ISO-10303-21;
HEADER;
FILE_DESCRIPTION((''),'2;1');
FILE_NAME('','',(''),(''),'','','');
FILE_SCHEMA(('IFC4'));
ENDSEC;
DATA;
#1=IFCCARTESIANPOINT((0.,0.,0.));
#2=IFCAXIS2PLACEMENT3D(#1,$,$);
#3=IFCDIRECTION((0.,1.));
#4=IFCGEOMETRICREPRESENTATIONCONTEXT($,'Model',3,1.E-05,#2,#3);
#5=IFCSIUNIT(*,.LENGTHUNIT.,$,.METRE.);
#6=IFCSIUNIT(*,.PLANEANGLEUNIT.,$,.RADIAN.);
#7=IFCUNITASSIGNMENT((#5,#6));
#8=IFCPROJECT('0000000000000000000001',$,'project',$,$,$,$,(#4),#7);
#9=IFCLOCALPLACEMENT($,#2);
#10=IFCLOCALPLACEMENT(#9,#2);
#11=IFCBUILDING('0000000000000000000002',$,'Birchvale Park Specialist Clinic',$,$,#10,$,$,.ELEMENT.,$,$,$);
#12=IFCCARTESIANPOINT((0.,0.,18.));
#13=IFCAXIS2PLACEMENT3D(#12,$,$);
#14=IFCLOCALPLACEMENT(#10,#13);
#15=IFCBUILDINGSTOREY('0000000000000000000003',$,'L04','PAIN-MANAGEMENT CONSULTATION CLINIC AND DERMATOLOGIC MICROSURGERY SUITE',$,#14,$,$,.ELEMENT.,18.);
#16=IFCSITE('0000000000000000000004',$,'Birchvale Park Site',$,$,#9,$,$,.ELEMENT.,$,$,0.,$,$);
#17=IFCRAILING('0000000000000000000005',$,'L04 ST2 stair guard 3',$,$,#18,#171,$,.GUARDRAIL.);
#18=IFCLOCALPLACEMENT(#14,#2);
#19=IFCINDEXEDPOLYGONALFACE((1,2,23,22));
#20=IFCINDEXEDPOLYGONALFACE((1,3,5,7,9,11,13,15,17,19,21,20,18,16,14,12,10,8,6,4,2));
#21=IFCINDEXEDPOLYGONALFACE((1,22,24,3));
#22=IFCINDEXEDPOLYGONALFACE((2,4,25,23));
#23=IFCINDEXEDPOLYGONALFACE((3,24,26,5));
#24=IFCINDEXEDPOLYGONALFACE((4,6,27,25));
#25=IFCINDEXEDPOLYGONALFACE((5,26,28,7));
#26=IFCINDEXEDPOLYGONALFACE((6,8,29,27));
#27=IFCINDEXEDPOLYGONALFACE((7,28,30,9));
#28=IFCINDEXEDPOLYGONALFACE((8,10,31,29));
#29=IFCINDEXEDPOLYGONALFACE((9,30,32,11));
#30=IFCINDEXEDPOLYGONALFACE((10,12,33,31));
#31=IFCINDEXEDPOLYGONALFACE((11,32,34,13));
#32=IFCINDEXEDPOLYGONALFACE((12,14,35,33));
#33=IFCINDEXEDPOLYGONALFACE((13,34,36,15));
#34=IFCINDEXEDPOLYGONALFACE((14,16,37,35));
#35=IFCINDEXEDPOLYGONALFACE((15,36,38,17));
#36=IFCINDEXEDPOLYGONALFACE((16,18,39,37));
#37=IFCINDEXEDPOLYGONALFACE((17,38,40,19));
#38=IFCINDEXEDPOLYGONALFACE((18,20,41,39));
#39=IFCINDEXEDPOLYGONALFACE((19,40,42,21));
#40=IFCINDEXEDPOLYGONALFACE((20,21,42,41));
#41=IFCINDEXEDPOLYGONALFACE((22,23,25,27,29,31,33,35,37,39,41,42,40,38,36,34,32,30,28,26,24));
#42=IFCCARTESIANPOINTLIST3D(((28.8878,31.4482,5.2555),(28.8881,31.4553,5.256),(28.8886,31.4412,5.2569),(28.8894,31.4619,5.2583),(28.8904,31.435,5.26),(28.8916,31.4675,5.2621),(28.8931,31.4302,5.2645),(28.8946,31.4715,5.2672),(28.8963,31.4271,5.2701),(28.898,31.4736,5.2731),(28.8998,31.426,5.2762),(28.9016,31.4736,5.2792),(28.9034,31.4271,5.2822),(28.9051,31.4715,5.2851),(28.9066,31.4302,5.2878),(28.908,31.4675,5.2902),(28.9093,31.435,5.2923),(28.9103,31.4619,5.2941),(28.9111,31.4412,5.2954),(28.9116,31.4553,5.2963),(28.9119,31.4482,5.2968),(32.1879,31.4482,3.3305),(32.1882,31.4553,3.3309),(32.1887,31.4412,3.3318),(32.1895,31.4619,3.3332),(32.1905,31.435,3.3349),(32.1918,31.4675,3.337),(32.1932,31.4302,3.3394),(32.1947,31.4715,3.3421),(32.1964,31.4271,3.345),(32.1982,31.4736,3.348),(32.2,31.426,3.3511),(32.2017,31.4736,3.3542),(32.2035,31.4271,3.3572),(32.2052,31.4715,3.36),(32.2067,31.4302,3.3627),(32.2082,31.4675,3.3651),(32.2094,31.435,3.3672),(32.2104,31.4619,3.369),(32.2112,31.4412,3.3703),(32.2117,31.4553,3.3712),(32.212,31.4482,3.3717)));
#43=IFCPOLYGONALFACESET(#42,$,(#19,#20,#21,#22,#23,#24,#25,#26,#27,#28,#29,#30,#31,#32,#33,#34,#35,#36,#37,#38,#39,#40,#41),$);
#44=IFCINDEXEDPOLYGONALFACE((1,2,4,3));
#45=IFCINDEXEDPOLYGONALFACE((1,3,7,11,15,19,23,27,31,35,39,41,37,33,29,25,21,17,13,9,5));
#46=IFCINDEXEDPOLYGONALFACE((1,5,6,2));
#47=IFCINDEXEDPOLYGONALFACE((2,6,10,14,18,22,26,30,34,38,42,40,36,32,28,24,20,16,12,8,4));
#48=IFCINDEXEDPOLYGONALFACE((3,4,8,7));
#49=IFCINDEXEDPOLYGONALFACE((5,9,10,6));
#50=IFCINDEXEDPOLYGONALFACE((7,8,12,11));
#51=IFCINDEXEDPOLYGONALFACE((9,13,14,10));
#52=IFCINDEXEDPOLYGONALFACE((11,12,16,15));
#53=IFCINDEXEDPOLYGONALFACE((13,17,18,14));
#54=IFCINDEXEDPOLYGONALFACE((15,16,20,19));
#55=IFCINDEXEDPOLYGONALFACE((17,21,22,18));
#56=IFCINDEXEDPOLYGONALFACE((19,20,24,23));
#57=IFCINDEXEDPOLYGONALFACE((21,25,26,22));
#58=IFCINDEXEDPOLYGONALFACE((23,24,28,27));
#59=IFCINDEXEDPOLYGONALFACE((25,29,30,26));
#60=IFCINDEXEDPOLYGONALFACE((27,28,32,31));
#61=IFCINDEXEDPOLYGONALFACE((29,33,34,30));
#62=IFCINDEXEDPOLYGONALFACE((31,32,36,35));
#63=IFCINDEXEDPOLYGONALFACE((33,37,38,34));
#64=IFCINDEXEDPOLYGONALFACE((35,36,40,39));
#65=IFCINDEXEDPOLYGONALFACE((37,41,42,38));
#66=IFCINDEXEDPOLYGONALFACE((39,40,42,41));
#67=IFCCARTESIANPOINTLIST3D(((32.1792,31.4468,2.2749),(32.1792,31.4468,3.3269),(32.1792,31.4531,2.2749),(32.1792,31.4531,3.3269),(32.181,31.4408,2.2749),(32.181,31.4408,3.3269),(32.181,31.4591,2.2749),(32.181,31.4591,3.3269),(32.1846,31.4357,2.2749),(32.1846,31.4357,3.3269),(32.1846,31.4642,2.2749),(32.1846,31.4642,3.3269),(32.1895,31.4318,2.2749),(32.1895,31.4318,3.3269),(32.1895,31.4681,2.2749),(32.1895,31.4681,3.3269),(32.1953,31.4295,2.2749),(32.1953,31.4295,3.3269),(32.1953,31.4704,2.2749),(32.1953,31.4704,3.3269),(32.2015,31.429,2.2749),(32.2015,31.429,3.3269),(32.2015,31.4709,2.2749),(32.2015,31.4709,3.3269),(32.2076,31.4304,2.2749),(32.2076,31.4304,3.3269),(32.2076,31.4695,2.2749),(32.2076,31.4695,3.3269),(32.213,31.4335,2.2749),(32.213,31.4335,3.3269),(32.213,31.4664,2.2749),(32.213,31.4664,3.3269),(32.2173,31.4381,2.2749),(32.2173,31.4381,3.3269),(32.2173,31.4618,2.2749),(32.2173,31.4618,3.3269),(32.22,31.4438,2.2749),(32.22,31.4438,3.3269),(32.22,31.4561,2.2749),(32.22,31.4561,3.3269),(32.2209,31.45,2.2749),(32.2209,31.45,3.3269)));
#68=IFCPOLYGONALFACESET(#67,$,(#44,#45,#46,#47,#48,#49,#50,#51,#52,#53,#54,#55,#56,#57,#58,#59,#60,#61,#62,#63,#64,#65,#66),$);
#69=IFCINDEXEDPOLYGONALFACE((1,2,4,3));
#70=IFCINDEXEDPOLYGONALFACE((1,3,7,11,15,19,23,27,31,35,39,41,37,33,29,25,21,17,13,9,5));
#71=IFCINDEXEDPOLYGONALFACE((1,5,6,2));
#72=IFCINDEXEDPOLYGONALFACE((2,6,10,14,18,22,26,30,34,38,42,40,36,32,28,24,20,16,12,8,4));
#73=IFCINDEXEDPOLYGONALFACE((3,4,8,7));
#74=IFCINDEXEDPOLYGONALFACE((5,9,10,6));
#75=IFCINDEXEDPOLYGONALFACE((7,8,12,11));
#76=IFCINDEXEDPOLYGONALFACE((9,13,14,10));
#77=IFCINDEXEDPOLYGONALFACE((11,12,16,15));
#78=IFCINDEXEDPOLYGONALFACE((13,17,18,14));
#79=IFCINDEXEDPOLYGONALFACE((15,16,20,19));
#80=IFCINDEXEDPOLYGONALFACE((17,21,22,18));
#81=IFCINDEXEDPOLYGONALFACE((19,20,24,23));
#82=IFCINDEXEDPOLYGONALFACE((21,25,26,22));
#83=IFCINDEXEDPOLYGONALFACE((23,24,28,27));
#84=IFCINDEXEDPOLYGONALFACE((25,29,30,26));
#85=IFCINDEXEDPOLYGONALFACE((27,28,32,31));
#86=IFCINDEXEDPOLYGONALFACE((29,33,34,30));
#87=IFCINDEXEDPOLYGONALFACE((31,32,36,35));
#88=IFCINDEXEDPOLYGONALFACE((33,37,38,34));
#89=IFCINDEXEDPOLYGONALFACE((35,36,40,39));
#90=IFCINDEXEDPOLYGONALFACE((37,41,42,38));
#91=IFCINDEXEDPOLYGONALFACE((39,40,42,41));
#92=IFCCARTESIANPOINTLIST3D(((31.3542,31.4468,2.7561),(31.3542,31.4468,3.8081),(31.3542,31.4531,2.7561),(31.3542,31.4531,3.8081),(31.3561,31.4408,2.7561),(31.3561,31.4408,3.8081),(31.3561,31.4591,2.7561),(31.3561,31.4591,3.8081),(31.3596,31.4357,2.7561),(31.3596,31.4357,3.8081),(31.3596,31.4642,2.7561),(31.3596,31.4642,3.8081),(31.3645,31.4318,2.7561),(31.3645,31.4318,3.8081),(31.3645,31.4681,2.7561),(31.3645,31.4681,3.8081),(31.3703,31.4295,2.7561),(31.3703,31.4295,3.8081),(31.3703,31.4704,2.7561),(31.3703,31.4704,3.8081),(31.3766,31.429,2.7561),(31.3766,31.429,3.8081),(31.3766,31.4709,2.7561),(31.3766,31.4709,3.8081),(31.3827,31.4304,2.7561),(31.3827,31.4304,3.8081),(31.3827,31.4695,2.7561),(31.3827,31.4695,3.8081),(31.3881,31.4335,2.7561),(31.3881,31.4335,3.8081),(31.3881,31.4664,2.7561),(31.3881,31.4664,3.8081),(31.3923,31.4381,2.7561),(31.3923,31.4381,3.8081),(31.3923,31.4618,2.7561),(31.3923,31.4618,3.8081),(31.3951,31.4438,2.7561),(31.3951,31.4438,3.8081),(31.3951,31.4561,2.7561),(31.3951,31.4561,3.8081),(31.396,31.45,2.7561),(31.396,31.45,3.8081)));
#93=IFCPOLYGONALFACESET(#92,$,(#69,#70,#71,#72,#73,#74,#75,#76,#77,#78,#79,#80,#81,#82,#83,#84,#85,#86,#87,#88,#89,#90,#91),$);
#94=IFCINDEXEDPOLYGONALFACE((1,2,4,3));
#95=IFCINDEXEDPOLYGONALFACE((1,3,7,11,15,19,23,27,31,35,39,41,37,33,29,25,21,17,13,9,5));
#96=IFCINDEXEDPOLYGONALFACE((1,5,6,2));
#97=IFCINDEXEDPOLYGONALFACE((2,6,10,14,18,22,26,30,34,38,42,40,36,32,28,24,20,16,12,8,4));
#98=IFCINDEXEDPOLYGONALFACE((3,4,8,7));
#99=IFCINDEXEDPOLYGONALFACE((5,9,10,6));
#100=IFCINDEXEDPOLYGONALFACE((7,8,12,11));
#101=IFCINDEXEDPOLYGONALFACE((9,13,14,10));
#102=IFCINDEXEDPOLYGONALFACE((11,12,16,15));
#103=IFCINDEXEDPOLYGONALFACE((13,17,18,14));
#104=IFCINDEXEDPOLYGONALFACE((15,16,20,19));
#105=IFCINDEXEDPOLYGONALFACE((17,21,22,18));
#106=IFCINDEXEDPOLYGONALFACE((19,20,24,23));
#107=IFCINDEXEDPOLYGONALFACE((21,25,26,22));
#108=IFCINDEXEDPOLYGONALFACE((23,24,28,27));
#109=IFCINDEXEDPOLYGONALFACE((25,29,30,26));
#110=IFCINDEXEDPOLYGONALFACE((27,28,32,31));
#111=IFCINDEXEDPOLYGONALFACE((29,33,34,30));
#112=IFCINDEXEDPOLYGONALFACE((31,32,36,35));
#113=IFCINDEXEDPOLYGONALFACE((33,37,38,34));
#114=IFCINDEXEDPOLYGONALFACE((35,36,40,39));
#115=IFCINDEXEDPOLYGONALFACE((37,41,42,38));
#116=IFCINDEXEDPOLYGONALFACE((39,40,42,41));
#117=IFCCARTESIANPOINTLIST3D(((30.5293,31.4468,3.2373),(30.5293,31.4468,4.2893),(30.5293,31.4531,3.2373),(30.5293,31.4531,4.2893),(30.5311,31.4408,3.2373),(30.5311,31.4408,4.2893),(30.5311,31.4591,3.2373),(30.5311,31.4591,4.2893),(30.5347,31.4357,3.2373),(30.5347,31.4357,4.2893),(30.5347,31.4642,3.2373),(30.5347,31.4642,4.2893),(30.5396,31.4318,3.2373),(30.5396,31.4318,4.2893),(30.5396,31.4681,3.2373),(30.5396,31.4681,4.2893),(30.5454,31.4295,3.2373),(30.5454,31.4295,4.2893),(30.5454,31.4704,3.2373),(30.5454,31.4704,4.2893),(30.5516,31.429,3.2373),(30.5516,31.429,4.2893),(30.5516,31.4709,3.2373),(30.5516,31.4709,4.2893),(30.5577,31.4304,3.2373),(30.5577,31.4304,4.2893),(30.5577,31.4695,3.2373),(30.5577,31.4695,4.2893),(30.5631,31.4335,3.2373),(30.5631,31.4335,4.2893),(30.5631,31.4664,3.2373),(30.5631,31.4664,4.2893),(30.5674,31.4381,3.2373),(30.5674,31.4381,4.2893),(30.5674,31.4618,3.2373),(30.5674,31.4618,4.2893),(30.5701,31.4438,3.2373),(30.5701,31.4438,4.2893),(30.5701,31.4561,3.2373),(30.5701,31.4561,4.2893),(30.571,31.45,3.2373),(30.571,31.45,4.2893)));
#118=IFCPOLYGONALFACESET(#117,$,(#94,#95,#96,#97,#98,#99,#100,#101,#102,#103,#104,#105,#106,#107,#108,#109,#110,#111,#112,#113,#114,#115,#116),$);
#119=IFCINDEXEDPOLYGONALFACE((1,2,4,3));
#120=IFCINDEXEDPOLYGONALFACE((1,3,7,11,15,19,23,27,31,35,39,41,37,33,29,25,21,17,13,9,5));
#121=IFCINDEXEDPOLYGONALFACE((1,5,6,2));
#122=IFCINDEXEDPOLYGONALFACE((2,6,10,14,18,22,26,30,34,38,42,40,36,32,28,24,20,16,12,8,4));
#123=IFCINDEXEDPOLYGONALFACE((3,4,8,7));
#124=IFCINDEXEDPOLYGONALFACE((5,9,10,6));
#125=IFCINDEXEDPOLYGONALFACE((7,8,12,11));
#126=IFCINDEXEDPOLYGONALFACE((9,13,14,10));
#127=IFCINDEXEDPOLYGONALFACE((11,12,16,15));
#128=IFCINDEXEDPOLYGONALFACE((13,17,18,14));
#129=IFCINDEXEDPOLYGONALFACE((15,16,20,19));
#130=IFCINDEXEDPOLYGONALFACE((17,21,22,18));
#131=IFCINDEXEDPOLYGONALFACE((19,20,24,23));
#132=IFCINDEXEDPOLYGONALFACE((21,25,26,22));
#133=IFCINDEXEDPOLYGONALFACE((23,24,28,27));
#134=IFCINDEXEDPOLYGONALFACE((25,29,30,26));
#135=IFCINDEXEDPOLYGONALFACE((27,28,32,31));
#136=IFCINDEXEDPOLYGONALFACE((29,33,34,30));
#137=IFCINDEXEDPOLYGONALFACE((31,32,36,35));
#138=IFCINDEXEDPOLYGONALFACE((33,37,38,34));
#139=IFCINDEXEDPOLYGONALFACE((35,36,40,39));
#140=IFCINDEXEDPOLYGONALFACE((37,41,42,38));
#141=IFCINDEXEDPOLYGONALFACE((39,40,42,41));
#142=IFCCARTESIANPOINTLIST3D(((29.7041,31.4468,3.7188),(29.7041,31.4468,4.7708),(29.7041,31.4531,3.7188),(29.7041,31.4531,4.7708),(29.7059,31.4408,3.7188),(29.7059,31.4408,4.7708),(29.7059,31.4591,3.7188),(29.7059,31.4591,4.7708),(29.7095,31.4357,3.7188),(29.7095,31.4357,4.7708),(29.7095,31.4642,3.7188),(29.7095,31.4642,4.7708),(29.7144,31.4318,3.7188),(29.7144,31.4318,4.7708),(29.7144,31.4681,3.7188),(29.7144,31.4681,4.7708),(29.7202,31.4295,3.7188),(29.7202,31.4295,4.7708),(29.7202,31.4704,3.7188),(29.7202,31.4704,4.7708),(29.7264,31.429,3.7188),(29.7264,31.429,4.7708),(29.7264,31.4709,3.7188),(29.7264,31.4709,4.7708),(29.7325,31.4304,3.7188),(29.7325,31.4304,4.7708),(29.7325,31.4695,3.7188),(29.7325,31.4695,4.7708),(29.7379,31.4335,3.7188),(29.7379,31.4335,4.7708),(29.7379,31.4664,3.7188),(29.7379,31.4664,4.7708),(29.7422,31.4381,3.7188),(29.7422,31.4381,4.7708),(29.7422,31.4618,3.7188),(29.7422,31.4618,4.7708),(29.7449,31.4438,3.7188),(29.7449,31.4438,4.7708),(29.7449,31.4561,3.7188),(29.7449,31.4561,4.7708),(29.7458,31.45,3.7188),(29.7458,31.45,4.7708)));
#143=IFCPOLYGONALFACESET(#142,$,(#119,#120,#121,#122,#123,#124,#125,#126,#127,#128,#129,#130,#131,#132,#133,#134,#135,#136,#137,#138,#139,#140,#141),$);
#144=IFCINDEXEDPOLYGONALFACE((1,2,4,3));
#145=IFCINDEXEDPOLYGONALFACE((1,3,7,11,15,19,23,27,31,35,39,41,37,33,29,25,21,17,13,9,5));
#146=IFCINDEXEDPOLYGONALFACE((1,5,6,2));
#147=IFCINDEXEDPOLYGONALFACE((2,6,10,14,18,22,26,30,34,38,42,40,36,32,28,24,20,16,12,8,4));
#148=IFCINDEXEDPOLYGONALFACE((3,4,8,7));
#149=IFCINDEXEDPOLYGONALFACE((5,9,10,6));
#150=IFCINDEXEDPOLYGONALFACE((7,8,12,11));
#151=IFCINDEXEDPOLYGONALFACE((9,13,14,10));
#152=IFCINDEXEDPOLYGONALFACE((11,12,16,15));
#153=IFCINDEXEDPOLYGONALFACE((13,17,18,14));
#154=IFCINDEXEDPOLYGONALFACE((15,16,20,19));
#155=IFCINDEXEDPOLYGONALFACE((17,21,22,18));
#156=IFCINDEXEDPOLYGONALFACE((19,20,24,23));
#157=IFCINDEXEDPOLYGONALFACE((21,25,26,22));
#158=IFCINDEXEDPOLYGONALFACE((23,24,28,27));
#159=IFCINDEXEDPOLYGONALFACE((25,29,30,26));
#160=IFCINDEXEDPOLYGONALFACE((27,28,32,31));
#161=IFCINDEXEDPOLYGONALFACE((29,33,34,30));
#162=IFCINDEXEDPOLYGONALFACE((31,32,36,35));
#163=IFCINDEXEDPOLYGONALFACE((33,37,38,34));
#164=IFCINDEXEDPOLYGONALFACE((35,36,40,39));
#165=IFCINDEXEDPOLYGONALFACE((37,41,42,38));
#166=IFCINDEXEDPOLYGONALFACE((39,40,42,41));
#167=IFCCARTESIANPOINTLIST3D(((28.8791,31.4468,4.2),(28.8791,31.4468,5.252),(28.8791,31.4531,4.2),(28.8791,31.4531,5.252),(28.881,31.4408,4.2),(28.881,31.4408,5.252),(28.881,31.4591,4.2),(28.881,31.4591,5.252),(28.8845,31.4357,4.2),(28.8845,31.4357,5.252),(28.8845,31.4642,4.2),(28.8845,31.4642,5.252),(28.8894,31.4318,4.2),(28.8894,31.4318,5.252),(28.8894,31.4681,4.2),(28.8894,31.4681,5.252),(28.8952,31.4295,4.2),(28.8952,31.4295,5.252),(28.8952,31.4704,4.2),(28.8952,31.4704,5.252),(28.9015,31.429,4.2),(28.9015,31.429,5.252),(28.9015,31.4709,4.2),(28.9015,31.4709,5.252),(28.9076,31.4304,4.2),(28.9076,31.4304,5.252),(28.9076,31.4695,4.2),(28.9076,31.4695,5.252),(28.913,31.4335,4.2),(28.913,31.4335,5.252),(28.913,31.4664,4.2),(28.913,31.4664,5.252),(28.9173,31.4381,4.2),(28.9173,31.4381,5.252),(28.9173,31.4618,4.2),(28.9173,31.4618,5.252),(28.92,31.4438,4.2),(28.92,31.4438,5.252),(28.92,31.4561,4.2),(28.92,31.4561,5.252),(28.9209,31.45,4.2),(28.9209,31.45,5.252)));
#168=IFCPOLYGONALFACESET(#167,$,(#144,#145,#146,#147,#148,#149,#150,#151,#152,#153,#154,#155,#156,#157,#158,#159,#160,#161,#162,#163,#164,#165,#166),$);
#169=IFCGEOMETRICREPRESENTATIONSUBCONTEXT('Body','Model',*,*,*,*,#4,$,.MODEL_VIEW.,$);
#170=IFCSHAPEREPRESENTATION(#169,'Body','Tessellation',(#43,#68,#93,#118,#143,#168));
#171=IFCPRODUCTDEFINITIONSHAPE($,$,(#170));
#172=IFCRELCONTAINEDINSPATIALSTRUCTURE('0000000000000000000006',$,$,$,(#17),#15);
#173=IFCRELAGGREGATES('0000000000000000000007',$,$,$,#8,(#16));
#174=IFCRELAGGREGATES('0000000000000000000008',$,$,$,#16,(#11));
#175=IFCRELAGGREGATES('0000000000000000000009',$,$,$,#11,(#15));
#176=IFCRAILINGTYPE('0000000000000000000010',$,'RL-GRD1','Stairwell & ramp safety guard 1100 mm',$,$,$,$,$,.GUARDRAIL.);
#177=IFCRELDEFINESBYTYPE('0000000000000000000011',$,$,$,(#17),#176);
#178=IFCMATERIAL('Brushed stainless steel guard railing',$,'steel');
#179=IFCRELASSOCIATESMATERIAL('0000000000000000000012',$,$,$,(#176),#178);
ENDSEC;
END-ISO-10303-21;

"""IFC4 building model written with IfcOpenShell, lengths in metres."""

from ifc_helpers import new_model, si_unit, direction, frame, origin, origin_2d, place, context, subcontext, project, spatial, circle, extrude, material, type_object, element, save


model = new_model("IFC4")

# Units and contexts
model_context = context("Model", 3, precision=1e-05, world=origin(), true_north=direction((0.0, 1.0)))
body_context = subcontext(model_context, "Body", "Model", "MODEL_VIEW")
ifc_project = project(units=[si_unit("LENGTHUNIT", "METRE"), si_unit("PLANEANGLEUNIT", "RADIAN")], contexts=[model_context])

# Site, building, storey
site_placement = place(None, origin())
site = spatial("IfcSite", under=ifc_project, at=site_placement, Name="Birchvale Park Site", CompositionType="ELEMENT", RefElevation=0.0)
building_placement = place(site_placement, origin())
building = spatial("IfcBuilding", under=site, at=building_placement, Name="Birchvale Park Specialist Clinic", CompositionType="ELEMENT")
storey_placement = place(building_placement, frame((0.0, 0.0, 18.0)))
storey = spatial("IfcBuildingStorey", under=building, at=storey_placement, Name="L04", Description="PAIN-MANAGEMENT CONSULTATION CLINIC AND DERMATOLOGIC MICROSURGERY SUITE", CompositionType="ELEMENT", Elevation=18.0)

# Railing
ifc_material_1 = material(Name="Brushed stainless steel guard railing", Category="steel")
railing_type_1 = type_object("IfcRailingType", Name="RL-GRD1", Description="Stairwell & ramp safety guard 1100 mm", PredefinedType="GUARDRAIL", material=ifc_material_1)
railing_1_placement = place(storey_placement, frame((32.2, 31.45, 2.2749)))
element("IfcRailing", 1, at=railing_1_placement, inside=storey, type_object=railing_type_1, Name="L04 ST2 stair guard 3", PredefinedType="GUARDRAIL", context=body_context, shape_type="SweptSolid", body=[
    extrude(circle(Radius=0.0239, at=origin_2d()), frame((0.0, 0.0, 1.0762), z_axis=(-0.863777, 0.0, 0.503875), x_axis=(0.0, -1.0, 0.0)), (0.0, 0.0, 1.0), 3.8206),
    extrude(circle(Radius=0.021, at=origin_2d()), origin(), (0.0, 0.0, 1.0), 1.052),
    extrude(circle(Radius=0.021, at=origin_2d()), frame((-0.825, 0.0, 0.4812)), (0.0, 0.0, 1.0), 1.052),
    extrude(circle(Radius=0.021, at=origin_2d()), frame((-1.6499, 0.0, 0.9624)), (0.0, 0.0, 1.0), 1.052),
    extrude(circle(Radius=0.021, at=origin_2d()), frame((-2.4751, 0.0, 1.4438)), (0.0, 0.0, 1.0), 1.052),
    extrude(circle(Radius=0.021, at=origin_2d()), frame((-3.3, 0.0, 1.925)), (0.0, 0.0, 1.0), 1.052),
])

save(model, "model.ifc")
